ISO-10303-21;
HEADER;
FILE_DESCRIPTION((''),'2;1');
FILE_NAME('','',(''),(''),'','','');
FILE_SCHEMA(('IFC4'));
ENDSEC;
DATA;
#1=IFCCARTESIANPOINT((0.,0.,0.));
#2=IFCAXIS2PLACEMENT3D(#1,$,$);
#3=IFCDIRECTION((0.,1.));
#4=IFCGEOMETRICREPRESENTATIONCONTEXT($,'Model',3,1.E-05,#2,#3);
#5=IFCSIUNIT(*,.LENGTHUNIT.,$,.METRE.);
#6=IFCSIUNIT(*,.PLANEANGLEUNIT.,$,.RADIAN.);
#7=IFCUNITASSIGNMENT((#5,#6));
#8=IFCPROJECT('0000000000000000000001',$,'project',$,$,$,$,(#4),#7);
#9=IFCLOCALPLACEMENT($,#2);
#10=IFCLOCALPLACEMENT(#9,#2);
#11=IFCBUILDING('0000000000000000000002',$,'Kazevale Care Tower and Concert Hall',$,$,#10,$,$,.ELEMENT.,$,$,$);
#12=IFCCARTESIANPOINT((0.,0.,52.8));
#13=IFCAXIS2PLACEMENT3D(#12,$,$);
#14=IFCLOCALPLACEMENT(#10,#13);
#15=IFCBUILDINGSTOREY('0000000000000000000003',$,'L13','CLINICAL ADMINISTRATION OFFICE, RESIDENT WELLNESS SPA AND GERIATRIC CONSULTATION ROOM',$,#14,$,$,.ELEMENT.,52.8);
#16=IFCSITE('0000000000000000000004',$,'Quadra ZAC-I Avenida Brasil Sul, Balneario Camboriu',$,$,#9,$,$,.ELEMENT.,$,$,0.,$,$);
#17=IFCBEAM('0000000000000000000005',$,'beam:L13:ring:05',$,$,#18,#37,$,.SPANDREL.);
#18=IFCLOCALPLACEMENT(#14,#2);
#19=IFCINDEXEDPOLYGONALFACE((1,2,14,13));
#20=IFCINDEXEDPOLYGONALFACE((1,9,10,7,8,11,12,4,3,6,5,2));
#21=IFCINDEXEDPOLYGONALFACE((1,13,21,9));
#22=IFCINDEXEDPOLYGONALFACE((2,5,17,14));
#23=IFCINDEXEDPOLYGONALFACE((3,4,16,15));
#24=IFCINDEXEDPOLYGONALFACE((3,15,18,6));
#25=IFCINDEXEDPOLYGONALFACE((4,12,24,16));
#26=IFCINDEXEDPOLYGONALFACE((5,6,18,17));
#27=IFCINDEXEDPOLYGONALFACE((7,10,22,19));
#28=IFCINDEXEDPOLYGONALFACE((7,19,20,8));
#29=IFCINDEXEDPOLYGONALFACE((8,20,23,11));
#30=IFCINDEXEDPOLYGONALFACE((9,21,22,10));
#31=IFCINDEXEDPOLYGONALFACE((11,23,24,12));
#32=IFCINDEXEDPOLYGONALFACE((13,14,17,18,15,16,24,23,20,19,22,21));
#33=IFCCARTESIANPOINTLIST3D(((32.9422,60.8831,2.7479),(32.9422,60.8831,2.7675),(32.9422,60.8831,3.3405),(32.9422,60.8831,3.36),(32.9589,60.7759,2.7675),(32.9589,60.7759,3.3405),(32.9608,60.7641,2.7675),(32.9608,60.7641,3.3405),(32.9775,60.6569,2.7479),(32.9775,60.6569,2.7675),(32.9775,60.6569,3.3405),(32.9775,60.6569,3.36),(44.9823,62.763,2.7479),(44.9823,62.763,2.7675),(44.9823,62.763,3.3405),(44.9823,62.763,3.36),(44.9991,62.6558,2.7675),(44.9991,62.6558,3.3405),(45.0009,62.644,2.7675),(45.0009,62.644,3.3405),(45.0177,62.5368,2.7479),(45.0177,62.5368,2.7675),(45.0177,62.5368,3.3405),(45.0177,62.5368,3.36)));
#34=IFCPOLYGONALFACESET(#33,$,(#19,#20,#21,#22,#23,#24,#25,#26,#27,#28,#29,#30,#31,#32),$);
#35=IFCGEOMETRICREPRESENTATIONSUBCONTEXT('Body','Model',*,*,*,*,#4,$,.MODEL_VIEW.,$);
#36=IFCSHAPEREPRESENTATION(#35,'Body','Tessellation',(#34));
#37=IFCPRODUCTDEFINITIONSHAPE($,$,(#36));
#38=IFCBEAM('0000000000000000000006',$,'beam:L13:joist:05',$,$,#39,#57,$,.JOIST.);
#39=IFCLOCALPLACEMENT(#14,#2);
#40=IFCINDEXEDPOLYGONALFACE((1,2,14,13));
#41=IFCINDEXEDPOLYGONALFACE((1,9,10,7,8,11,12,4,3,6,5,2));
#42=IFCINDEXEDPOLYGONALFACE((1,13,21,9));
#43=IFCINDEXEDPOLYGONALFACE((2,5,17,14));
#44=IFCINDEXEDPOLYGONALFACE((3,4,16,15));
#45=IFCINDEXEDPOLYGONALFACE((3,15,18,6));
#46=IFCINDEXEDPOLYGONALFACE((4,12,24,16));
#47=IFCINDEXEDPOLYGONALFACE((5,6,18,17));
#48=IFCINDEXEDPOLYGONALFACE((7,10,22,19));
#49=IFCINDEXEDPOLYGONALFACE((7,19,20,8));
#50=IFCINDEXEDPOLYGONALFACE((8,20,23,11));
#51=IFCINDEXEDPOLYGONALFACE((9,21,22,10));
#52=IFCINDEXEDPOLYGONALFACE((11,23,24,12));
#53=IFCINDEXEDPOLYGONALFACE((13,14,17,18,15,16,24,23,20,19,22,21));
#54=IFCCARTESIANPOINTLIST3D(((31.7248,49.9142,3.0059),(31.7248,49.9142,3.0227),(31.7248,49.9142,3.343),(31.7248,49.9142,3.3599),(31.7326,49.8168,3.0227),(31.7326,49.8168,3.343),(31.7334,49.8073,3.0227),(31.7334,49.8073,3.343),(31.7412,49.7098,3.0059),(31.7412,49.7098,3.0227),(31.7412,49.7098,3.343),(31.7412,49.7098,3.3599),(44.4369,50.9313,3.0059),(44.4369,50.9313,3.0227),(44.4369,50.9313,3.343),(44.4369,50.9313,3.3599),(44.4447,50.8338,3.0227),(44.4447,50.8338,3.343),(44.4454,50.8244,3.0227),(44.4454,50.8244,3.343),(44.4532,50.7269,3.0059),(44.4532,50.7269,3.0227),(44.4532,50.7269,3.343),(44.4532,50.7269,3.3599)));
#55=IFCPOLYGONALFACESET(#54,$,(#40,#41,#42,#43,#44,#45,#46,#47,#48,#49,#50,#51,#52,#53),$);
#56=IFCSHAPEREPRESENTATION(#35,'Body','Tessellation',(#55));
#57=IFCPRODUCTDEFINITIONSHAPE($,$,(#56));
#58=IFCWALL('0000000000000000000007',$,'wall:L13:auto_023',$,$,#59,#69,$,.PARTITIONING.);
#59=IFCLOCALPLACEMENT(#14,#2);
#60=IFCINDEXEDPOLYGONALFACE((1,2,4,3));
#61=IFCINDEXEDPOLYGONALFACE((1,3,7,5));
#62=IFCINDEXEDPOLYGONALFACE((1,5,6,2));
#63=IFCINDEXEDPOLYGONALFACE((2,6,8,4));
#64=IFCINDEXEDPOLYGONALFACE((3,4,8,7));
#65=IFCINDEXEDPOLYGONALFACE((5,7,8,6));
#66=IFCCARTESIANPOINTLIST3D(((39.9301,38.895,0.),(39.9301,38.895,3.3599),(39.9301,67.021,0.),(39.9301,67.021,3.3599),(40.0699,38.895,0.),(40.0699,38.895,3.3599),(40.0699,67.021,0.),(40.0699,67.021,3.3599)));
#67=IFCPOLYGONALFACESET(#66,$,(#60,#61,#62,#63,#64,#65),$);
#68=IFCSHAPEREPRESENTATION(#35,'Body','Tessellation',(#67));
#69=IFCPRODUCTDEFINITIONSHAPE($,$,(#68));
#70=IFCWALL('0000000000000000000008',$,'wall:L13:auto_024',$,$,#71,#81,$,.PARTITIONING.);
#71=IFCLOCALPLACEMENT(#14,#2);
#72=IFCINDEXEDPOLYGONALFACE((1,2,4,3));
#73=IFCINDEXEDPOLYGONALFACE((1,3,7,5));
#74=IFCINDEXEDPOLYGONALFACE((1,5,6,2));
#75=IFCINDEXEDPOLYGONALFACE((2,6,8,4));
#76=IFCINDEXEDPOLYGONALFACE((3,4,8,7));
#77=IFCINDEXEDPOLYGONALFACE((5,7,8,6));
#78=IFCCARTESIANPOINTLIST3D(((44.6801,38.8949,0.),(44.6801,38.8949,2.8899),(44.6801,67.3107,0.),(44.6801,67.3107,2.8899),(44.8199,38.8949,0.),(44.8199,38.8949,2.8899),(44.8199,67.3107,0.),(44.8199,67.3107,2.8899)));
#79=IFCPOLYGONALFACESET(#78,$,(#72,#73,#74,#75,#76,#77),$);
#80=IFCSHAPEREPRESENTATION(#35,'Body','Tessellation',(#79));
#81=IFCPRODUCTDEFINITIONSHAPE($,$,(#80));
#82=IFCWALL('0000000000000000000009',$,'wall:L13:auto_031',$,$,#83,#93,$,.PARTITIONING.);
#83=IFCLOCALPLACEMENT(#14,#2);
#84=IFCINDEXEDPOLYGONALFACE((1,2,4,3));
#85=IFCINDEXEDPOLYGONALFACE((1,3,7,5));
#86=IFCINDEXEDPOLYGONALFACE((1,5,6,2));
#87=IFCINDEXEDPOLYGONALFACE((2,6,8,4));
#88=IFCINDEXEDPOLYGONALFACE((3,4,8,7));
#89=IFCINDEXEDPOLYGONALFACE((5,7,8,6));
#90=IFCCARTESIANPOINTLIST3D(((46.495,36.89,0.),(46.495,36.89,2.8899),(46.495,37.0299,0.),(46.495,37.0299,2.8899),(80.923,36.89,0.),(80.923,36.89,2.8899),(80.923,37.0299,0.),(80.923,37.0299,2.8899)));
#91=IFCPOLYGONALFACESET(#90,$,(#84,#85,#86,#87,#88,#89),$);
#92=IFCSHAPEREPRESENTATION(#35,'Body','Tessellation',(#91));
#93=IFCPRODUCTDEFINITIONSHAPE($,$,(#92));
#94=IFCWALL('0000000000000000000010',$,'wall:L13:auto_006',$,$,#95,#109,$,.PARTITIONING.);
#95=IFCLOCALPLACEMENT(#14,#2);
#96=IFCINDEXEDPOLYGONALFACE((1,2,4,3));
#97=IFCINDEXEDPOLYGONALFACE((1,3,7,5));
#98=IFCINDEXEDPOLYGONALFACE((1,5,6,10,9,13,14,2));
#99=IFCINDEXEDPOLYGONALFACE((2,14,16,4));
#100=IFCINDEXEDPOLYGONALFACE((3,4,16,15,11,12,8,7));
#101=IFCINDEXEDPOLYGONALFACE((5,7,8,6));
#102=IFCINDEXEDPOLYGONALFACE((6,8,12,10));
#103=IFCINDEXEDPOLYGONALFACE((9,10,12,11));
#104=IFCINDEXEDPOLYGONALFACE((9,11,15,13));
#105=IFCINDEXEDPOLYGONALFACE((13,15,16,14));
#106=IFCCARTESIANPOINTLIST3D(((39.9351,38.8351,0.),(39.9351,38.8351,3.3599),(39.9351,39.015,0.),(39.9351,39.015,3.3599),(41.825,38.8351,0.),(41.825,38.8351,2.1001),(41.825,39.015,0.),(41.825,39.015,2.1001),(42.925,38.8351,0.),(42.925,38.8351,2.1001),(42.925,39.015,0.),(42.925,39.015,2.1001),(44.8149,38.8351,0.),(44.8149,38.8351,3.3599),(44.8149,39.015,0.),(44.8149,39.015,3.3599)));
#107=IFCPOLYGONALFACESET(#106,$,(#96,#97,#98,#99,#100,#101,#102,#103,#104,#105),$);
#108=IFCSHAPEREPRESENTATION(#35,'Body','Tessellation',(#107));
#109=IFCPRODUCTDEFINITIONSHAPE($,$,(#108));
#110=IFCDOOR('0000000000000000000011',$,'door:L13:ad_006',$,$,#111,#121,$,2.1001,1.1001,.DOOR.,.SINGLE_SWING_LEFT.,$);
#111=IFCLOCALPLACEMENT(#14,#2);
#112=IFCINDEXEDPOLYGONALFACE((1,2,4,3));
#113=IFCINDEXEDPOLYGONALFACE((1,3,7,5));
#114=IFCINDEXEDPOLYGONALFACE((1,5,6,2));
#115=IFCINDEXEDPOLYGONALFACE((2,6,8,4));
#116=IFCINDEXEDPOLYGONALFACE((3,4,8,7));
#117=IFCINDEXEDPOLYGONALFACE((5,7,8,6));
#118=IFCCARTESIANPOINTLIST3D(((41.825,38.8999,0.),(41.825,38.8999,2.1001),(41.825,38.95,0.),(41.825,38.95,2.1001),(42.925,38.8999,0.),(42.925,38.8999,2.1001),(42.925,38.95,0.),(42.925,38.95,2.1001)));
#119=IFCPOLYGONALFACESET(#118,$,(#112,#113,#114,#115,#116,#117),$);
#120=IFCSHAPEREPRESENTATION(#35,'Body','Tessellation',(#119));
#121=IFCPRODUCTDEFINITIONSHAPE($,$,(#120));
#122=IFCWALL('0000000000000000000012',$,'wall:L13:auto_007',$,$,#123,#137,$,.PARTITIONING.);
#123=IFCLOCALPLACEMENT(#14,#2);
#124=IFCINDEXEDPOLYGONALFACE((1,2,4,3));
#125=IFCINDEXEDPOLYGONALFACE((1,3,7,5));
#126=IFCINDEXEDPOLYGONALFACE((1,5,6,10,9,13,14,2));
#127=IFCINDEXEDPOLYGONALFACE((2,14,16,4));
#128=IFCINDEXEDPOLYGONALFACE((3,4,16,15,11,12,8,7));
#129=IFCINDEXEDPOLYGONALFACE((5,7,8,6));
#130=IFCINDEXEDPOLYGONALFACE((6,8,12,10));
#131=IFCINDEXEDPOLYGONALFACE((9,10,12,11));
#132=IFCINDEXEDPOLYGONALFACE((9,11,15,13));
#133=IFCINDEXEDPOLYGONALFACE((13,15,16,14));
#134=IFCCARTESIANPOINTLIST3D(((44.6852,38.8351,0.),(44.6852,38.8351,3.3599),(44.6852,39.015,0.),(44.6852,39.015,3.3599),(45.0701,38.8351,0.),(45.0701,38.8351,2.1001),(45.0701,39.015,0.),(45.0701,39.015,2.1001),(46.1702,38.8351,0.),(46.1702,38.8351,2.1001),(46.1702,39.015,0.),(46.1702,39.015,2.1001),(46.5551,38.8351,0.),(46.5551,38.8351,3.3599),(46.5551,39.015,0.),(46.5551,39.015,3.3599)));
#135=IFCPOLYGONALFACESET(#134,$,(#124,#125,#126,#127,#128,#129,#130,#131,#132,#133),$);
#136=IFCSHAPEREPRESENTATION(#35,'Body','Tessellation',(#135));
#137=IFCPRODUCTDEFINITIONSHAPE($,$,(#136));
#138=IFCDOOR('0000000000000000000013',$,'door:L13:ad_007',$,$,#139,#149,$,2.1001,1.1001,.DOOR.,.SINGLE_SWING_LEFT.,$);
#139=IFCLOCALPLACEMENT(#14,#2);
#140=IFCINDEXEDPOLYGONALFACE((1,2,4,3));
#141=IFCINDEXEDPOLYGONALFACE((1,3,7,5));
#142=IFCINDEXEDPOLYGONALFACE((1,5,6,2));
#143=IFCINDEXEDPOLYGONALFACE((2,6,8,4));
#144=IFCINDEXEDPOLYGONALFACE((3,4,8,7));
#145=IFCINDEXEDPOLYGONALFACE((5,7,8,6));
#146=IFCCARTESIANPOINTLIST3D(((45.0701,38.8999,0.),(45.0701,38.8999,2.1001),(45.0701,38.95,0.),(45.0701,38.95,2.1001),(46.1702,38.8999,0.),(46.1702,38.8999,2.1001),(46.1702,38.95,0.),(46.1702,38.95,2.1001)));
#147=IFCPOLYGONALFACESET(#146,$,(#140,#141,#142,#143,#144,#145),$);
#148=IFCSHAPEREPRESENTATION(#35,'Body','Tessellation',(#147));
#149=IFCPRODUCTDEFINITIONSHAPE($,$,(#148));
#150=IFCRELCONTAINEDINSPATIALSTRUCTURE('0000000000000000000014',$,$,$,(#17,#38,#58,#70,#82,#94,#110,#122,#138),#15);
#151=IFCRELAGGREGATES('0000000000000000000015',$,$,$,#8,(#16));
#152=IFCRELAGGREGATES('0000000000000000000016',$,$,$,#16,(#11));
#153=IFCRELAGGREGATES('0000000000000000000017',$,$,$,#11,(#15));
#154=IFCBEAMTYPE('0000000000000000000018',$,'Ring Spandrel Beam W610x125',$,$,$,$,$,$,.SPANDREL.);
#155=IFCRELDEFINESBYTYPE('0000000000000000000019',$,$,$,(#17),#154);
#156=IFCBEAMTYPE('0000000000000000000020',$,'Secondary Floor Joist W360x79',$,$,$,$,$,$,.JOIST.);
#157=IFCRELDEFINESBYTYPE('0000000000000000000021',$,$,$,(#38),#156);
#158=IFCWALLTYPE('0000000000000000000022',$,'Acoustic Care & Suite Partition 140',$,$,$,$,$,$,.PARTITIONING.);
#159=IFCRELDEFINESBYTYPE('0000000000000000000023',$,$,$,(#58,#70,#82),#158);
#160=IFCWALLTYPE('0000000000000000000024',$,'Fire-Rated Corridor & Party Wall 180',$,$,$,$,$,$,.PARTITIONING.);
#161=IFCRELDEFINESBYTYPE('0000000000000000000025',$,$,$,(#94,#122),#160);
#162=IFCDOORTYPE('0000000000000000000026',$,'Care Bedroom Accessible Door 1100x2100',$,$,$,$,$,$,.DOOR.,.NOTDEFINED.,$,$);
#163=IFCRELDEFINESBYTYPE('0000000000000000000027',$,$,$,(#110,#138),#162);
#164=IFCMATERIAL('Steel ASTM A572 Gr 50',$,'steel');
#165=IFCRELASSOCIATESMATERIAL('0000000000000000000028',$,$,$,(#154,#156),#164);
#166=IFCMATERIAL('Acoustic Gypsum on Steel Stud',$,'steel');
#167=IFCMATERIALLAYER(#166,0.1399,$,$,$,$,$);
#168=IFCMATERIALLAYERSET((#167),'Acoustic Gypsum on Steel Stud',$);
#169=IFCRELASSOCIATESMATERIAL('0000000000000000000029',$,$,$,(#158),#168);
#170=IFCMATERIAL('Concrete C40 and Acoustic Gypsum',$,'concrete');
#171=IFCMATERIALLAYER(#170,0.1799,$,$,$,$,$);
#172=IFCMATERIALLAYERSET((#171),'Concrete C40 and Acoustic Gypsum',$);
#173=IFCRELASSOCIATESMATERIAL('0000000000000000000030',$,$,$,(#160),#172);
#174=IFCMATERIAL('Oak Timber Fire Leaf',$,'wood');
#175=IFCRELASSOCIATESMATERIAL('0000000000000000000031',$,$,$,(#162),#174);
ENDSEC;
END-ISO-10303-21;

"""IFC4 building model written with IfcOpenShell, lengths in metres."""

from ifc_helpers import new_model, si_unit, direction, frame, frame_2d, origin, origin_2d, place, context, subcontext, project, spatial, rectangle, i_section, extrude, material, layer, layer_set, material_profile, profile_set, type_object, element, fill, save


model = new_model("IFC4")

# Units and contexts
model_context = context("Model", 3, precision=1e-05, world=origin(), true_north=direction((0.0, 1.0)))
body_context = subcontext(model_context, "Body", "Model", "MODEL_VIEW")
ifc_project = project(units=[si_unit("LENGTHUNIT", "METRE"), si_unit("PLANEANGLEUNIT", "RADIAN")], contexts=[model_context])

# Site, building, storey
site_placement = place(None, origin())
site = spatial("IfcSite", under=ifc_project, at=site_placement, Name="Quadra ZAC-I Avenida Brasil Sul, Balneario Camboriu", CompositionType="ELEMENT", RefElevation=0.0)
building_placement = place(site_placement, origin())
building = spatial("IfcBuilding", under=site, at=building_placement, Name="Kazevale Care Tower and Concert Hall", CompositionType="ELEMENT")
storey_placement = place(building_placement, frame((0.0, 0.0, 52.8)))
storey = spatial("IfcBuildingStorey", under=building, at=storey_placement, Name="L13", Description="CLINICAL ADMINISTRATION OFFICE, RESIDENT WELLNESS SPA AND GERIATRIC CONSULTATION ROOM", CompositionType="ELEMENT", Elevation=52.8)

# Beams
ifc_material_1 = material(Name="Steel ASTM A572 Gr 50", Category="steel")
ifc_material_profile_1 = material_profile(ifc_material_1, i_section(OverallWidth=0.229, OverallDepth=0.6121, WebThickness=0.012, FlangeThickness=0.0195, at=origin_2d()), Name="W610x125")
ifc_profile_set_1 = profile_set([ifc_material_profile_1], Name="Steel ASTM A572 Gr 50")
beam_type_1 = type_object("IfcBeamType", Name="Ring Spandrel Beam W610x125", PredefinedType="SPANDREL", material=ifc_profile_set_1)
beam_1_placement = place(storey_placement, frame((45.0, 62.6499, 3.054), z_axis=(-0.988029, -0.154267, 0.0), x_axis=(0.154267, -0.988029, 0.0)))
element("IfcBeam", 1, at=beam_1_placement, inside=storey, type_object=beam_type_1, Name="beam:L13:ring:05", PredefinedType="SPANDREL", context=body_context, shape_type="SweptSolid", body=[
    extrude(i_section(OverallWidth=0.229, OverallDepth=0.6121, WebThickness=0.012, FlangeThickness=0.0195, at=origin_2d()), origin(), (0.0, 0.0, 1.0), 12.186),
])
ifc_material_profile_2 = material_profile(ifc_material_1, i_section(OverallWidth=0.2051, OverallDepth=0.354, WebThickness=0.0095, FlangeThickness=0.0168, at=origin_2d()), Name="W360x79")
ifc_profile_set_2 = profile_set([ifc_material_profile_2], Name="Steel ASTM A572 Gr 50")
beam_type_2 = type_object("IfcBeamType", Name="Secondary Floor Joist W360x79", PredefinedType="JOIST", material=ifc_profile_set_2)
beam_2_placement = place(storey_placement, frame((44.4451, 50.8291, 3.1829), z_axis=(-0.996815, -0.079754, 0.0), x_axis=(0.079754, -0.996815, 0.0)))
element("IfcBeam", 2, at=beam_2_placement, inside=storey, type_object=beam_type_2, Name="beam:L13:joist:05", PredefinedType="JOIST", context=body_context, shape_type="SweptSolid", body=[
    extrude(i_section(OverallWidth=0.2051, OverallDepth=0.354, WebThickness=0.0095, FlangeThickness=0.0168, at=origin_2d()), origin(), (0.0, 0.0, 1.0), 12.7527),
])

# Walls
ifc_material_2 = material(Name="Acoustic Gypsum on Steel Stud", Category="steel")
ifc_layer_1 = layer(ifc_material_2, 0.1399)
ifc_layer_set_1 = layer_set([ifc_layer_1], Name="Acoustic Gypsum on Steel Stud")
wall_type_1 = type_object("IfcWallType", Name="Acoustic Care & Suite Partition 140", PredefinedType="PARTITIONING", material=ifc_layer_set_1)
wall_1_placement = place(storey_placement, frame((40.0, 67.021, 0.0), z_axis=(0.0, 0.0, 1.0), x_axis=(0.0, -1.0, 0.0)))
element("IfcWall", 3, at=wall_1_placement, inside=storey, type_object=wall_type_1, Name="wall:L13:auto_023", PredefinedType="PARTITIONING", context=body_context, shape_type="SweptSolid", body=[
    extrude(rectangle(XDim=28.126, YDim=0.1399, at=frame_2d((14.063, 0.0))), origin(), (0.0, 0.0, 1.0), 3.3599),
])
wall_2_placement = place(storey_placement, frame((44.75, 67.3108, 0.0), z_axis=(0.0, 0.0, 1.0), x_axis=(0.0, -1.0, 0.0)))
element("IfcWall", 4, at=wall_2_placement, inside=storey, type_object=wall_type_1, Name="wall:L13:auto_024", PredefinedType="PARTITIONING", context=body_context, shape_type="SweptSolid", body=[
    extrude(rectangle(XDim=28.4158, YDim=0.1399, at=frame_2d((14.208, 0.0))), origin(), (0.0, 0.0, 1.0), 2.8899),
])
wall_3_placement = place(storey_placement, frame((46.4951, 36.96, 0.0), z_axis=(0.0, 0.0, 1.0), x_axis=(1.0, 0.0, 0.0)))
element("IfcWall", 5, at=wall_3_placement, inside=storey, type_object=wall_type_1, Name="wall:L13:auto_031", PredefinedType="PARTITIONING", context=body_context, shape_type="SweptSolid", body=[
    extrude(rectangle(XDim=34.428, YDim=0.1399, at=frame_2d((17.2139, 0.0))), origin(), (0.0, 0.0, 1.0), 2.8899),
])

# Walls, openings, doors
ifc_material_3 = material(Name="Concrete C40 and Acoustic Gypsum", Category="concrete")
ifc_layer_2 = layer(ifc_material_3, 0.1799)
ifc_layer_set_2 = layer_set([ifc_layer_2], Name="Concrete C40 and Acoustic Gypsum")
wall_type_2 = type_object("IfcWallType", Name="Fire-Rated Corridor & Party Wall 180", PredefinedType="PARTITIONING", material=ifc_layer_set_2)
wall_4_placement = place(storey_placement, frame((39.9351, 38.925, 0.0), z_axis=(0.0, 0.0, 1.0), x_axis=(1.0, 0.0, 0.0)))
wall_4 = element("IfcWall", 6, at=wall_4_placement, inside=storey, type_object=wall_type_2, Name="wall:L13:auto_006", PredefinedType="PARTITIONING", context=body_context, shape_type="SweptSolid", body=[
    extrude(rectangle(XDim=4.8799, YDim=0.1799, at=frame_2d((2.4399, 0.0))), origin(), (0.0, 0.0, 1.0), 3.3599),
])
opening_1_placement = place(wall_4_placement, frame((1.8899, 0.0, 0.0)))
opening_1 = element("IfcOpeningElement", 7, at=opening_1_placement, cuts=wall_4, PredefinedType="OPENING", context=body_context, shape_type="SweptSolid", body=[
    extrude(rectangle(XDim=1.1001, YDim=2.1001, at=frame_2d((0.55, 1.05))), frame((0.0, 0.0999, 0.0), z_axis=(0.0, -1.0, 0.0), x_axis=(1.0, 0.0, 0.0)), (0.0, 0.0, 1.0), 0.2),
])
ifc_material_4 = material(Name="Oak Timber Fire Leaf", Category="wood")
door_type = type_object("IfcDoorType", Name="Care Bedroom Accessible Door 1100x2100", OperationType="NOTDEFINED", PredefinedType="DOOR", material=ifc_material_4)
door_1_placement = place(opening_1_placement, origin())
door_1 = element("IfcDoor", 8, at=door_1_placement, inside=storey, type_object=door_type, Name="door:L13:ad_006", OperationType="SINGLE_SWING_LEFT", OverallHeight=2.1001, OverallWidth=1.1001, PredefinedType="DOOR", context=body_context, shape_type="SweptSolid", body=[
    extrude(rectangle(XDim=1.1001, YDim=2.1001, at=frame_2d((0.55, 1.05))), frame((0.0, 0.0249, 0.0), z_axis=(0.0, -1.0, 0.0), x_axis=(1.0, 0.0, 0.0)), (0.0, 0.0, 1.0), 0.05),
])
fill(opening_1, door_1)
wall_5_placement = place(storey_placement, frame((44.6851, 38.925, 0.0), z_axis=(0.0, 0.0, 1.0), x_axis=(1.0, 0.0, 0.0)))
wall_5 = element("IfcWall", 9, at=wall_5_placement, inside=storey, type_object=wall_type_2, Name="wall:L13:auto_007", PredefinedType="PARTITIONING", context=body_context, shape_type="SweptSolid", body=[
    extrude(rectangle(XDim=1.8699, YDim=0.1799, at=frame_2d((0.9351, 0.0))), origin(), (0.0, 0.0, 1.0), 3.3599),
])
opening_2_placement = place(wall_5_placement, frame((0.385, 0.0, 0.0)))
opening_2 = element("IfcOpeningElement", 10, at=opening_2_placement, cuts=wall_5, PredefinedType="OPENING", context=body_context, shape_type="SweptSolid", body=[
    extrude(rectangle(XDim=1.1001, YDim=2.1001, at=frame_2d((0.55, 1.05))), frame((0.0, 0.0999, 0.0), z_axis=(0.0, -1.0, 0.0), x_axis=(1.0, 0.0, 0.0)), (0.0, 0.0, 1.0), 0.2),
])
door_2_placement = place(opening_2_placement, origin())
door_2 = element("IfcDoor", 11, at=door_2_placement, inside=storey, type_object=door_type, Name="door:L13:ad_007", OperationType="SINGLE_SWING_LEFT", OverallHeight=2.1001, OverallWidth=1.1001, PredefinedType="DOOR", context=body_context, shape_type="SweptSolid", body=[
    extrude(rectangle(XDim=1.1001, YDim=2.1001, at=frame_2d((0.55, 1.05))), frame((0.0, 0.0249, 0.0), z_axis=(0.0, -1.0, 0.0), x_axis=(1.0, 0.0, 0.0)), (0.0, 0.0, 1.0), 0.05),
])
fill(opening_2, door_2)

save(model, "model.ifc")
